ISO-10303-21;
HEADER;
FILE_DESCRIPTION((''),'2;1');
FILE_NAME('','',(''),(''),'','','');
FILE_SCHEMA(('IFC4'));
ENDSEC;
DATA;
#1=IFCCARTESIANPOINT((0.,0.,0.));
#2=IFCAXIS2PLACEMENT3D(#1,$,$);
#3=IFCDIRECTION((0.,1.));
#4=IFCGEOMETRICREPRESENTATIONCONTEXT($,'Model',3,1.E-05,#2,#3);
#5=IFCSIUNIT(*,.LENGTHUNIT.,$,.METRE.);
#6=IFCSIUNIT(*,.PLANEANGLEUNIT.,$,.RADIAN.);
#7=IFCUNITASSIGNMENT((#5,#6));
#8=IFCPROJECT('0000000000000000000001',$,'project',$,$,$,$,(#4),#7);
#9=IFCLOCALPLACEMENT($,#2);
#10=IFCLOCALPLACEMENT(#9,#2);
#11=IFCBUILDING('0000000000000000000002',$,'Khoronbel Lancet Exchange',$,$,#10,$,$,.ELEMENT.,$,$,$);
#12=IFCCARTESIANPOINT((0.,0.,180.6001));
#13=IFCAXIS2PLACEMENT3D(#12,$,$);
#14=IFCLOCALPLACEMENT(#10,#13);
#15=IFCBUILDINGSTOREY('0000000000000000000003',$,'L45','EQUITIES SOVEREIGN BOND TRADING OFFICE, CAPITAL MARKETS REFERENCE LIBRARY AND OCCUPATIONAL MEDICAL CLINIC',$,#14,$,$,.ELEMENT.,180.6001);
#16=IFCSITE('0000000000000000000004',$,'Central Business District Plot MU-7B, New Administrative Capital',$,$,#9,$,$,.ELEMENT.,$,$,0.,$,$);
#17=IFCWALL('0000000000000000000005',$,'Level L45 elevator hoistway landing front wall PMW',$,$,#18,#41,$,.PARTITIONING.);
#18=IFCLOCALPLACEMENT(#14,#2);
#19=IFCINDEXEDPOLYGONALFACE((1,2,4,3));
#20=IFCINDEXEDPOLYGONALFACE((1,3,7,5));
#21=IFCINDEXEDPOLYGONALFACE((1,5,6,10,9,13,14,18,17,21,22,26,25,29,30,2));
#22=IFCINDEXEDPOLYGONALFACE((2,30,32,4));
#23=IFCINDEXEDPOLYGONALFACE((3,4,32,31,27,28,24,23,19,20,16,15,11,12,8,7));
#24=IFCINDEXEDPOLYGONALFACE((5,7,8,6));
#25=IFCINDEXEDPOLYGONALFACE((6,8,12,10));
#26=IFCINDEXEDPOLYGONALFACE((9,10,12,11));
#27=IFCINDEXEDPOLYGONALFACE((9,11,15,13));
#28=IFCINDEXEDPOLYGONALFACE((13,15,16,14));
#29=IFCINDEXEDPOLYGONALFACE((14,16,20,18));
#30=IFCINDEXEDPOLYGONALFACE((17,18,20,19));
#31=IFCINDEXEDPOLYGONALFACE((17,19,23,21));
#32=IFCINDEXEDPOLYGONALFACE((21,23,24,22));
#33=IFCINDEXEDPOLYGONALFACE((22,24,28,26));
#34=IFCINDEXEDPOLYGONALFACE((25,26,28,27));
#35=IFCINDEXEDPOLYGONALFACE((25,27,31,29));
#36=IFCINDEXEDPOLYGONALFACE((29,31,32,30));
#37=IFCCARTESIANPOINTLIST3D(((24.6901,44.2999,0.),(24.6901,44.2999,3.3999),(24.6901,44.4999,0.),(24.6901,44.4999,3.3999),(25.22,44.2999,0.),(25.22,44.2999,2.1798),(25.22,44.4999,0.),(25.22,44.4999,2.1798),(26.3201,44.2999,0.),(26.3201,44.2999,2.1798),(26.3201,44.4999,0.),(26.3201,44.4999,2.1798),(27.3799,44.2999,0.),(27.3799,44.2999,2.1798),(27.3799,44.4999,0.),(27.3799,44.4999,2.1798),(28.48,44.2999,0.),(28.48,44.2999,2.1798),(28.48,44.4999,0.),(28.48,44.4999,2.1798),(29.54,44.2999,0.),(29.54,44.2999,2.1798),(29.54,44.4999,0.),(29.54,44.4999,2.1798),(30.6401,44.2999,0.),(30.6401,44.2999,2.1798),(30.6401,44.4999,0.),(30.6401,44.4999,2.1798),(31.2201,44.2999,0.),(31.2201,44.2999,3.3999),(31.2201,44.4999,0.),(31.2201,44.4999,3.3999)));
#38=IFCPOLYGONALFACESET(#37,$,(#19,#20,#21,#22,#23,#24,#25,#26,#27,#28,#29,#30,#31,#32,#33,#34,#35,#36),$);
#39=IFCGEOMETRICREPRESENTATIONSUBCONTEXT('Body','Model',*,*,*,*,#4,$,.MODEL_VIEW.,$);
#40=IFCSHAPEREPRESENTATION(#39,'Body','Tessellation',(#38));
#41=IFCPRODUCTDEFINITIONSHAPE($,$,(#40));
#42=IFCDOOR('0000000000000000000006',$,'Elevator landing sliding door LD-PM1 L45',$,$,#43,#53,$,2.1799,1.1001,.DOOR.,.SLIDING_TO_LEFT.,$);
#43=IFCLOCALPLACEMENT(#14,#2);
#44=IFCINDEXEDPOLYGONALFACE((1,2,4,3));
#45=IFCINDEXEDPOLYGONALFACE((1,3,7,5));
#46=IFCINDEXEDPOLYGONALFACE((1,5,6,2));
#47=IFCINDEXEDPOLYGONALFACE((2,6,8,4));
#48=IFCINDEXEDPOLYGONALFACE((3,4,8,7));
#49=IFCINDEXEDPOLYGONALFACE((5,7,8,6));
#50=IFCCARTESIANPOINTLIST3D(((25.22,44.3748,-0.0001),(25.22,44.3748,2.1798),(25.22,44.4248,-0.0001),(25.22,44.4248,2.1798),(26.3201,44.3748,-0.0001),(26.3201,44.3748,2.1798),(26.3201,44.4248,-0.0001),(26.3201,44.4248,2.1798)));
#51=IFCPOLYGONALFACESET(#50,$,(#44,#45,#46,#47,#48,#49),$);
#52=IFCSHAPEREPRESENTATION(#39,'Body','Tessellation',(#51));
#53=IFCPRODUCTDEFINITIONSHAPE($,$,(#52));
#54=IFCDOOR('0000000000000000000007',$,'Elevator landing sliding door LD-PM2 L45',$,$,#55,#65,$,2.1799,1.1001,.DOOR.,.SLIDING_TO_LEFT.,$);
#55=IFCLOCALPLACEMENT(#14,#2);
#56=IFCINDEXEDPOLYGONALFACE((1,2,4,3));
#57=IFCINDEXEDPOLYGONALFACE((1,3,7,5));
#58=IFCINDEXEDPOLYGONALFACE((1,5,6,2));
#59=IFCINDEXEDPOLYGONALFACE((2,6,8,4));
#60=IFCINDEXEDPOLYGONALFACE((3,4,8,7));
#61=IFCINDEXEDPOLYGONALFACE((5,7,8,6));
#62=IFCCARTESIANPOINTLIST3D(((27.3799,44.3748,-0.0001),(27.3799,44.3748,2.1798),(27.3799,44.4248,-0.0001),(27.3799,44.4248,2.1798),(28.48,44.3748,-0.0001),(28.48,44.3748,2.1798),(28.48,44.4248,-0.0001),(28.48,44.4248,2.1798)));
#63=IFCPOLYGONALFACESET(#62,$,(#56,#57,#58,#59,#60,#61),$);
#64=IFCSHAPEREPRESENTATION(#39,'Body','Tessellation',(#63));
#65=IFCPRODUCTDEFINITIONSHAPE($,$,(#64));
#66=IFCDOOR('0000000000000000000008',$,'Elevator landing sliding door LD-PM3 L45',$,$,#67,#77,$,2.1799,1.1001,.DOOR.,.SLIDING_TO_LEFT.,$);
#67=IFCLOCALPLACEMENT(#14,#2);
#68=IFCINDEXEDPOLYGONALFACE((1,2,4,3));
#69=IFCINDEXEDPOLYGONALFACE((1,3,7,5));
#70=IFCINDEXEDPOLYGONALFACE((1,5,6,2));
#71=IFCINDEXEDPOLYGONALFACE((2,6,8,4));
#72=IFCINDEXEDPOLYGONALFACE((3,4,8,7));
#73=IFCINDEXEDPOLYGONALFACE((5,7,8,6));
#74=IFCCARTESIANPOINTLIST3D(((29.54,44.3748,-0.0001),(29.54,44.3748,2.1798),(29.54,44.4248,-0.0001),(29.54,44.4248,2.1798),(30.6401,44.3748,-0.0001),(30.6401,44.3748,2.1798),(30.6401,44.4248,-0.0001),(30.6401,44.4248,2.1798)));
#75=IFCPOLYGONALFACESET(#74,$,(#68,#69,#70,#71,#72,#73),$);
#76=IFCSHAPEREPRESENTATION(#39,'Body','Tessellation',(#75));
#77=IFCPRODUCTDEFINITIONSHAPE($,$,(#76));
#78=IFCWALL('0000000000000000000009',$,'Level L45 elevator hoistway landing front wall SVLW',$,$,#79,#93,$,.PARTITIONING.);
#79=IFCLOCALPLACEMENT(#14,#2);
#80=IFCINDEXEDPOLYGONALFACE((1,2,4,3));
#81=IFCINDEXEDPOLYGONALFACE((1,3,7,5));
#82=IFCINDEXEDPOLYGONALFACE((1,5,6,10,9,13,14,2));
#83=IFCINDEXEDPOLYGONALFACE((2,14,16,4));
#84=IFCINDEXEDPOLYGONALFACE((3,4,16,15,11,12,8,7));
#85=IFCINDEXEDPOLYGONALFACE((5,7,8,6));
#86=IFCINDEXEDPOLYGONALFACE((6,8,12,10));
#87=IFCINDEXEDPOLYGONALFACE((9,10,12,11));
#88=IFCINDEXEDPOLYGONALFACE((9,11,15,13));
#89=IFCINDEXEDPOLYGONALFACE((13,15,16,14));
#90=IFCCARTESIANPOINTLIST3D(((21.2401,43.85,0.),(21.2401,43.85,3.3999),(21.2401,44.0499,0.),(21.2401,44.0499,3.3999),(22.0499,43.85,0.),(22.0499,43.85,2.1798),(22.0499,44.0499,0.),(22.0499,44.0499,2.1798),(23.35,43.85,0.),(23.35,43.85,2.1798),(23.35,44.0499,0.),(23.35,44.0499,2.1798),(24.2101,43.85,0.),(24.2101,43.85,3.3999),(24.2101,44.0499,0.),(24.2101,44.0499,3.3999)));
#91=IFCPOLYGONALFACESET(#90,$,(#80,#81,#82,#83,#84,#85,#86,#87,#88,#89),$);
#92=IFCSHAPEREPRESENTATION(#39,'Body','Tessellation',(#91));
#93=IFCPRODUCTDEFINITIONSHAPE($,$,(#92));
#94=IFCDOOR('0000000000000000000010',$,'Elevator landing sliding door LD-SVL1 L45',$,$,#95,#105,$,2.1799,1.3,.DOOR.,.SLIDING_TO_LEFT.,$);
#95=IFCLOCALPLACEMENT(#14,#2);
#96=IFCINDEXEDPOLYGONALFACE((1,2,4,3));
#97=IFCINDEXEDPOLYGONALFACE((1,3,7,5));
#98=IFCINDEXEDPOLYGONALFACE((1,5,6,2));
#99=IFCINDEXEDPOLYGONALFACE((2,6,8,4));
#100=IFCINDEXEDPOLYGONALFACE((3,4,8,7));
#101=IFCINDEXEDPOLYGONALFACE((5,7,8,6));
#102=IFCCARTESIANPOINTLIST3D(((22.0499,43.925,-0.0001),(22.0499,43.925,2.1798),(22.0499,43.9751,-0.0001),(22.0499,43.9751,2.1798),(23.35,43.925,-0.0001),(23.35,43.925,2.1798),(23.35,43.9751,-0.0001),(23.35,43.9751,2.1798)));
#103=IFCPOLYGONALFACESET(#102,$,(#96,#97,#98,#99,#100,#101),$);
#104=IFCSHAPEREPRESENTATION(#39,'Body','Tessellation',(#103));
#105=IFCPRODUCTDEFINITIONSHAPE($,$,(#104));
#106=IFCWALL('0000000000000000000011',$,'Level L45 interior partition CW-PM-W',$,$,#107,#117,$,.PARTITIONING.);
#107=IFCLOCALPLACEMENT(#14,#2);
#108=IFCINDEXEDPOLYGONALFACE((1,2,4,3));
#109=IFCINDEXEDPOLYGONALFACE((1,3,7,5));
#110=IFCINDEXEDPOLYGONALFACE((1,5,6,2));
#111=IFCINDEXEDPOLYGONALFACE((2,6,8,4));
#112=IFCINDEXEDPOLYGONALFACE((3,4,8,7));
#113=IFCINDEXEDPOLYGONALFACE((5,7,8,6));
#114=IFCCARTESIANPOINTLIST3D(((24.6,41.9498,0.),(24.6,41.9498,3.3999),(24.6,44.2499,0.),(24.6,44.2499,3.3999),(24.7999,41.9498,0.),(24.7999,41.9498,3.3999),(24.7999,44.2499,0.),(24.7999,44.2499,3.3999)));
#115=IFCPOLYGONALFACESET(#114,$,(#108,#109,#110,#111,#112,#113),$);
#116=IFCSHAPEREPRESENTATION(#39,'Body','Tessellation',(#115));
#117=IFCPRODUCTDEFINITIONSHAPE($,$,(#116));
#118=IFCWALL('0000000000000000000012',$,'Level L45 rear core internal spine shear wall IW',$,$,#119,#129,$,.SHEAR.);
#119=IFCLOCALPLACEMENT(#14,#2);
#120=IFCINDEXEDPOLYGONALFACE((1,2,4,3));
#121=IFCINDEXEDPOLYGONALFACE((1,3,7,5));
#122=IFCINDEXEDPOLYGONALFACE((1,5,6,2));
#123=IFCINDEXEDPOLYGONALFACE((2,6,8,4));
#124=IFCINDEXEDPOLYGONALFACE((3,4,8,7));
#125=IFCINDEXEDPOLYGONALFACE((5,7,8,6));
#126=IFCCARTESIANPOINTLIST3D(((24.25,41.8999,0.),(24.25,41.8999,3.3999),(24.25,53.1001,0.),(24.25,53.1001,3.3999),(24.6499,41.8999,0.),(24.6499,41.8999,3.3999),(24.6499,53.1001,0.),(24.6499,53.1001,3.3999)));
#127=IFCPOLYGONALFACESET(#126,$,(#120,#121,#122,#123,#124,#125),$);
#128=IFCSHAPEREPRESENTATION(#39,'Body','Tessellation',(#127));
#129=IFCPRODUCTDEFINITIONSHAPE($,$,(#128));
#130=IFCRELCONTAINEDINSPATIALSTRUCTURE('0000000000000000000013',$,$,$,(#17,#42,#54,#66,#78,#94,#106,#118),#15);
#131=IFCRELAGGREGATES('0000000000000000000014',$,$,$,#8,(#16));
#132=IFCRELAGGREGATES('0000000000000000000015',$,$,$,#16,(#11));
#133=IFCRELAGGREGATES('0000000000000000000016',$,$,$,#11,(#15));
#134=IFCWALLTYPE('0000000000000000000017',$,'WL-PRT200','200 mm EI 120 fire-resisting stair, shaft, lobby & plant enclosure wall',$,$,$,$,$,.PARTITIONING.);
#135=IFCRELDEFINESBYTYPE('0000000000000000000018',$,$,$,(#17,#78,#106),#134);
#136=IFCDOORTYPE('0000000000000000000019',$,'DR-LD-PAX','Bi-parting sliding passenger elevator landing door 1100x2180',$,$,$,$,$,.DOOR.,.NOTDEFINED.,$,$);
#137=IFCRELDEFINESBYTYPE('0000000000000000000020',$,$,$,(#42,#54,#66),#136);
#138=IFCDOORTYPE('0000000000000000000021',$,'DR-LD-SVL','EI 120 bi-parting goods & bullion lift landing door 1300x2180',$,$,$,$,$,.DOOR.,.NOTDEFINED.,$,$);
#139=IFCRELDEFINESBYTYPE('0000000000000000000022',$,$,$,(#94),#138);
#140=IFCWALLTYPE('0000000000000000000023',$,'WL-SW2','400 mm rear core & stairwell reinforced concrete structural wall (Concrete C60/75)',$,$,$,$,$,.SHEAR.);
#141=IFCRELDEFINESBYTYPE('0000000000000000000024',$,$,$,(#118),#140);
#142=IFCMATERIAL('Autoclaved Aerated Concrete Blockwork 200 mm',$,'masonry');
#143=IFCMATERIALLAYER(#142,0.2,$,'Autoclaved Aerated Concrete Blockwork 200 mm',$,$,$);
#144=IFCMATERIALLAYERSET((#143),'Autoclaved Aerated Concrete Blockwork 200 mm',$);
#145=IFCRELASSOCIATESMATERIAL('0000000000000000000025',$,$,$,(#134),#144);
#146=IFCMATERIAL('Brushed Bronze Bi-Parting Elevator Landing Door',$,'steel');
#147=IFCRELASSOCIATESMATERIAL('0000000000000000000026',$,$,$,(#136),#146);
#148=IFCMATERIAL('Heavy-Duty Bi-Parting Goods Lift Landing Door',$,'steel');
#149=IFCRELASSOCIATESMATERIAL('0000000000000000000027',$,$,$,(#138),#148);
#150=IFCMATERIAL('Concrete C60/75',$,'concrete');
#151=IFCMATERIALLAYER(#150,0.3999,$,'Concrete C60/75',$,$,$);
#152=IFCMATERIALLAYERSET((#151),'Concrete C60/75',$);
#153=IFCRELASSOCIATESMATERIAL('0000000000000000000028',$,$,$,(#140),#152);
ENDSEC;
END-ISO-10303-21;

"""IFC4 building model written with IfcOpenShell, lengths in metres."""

from ifc_helpers import new_model, si_unit, direction, frame, frame_2d, origin, place, context, subcontext, project, spatial, rectangle, extrude, material, layer, layer_set, type_object, element, fill, save


model = new_model("IFC4")

# Units and contexts
model_context = context("Model", 3, precision=1e-05, world=origin(), true_north=direction((0.0, 1.0)))
body_context = subcontext(model_context, "Body", "Model", "MODEL_VIEW")
ifc_project = project(units=[si_unit("LENGTHUNIT", "METRE"), si_unit("PLANEANGLEUNIT", "RADIAN")], contexts=[model_context])

# Site, building, storey
site_placement = place(None, origin())
site = spatial("IfcSite", under=ifc_project, at=site_placement, Name="Central Business District Plot MU-7B, New Administrative Capital", CompositionType="ELEMENT", RefElevation=0.0)
building_placement = place(site_placement, origin())
building = spatial("IfcBuilding", under=site, at=building_placement, Name="Khoronbel Lancet Exchange", CompositionType="ELEMENT")
storey_placement = place(building_placement, frame((0.0, 0.0, 180.6001)))
storey = spatial("IfcBuildingStorey", under=building, at=storey_placement, Name="L45", Description="EQUITIES SOVEREIGN BOND TRADING OFFICE, CAPITAL MARKETS REFERENCE LIBRARY AND OCCUPATIONAL MEDICAL CLINIC", CompositionType="ELEMENT", Elevation=180.6001)

# Shared definitions
ifc_material_1 = material(Name="Concrete C60/75", Category="concrete")

# Wall, openings, doors
ifc_material_2 = material(Name="Autoclaved Aerated Concrete Blockwork 200 mm", Category="masonry")
ifc_layer_1 = layer(ifc_material_2, 0.2, Name="Autoclaved Aerated Concrete Blockwork 200 mm")
ifc_layer_set_1 = layer_set([ifc_layer_1], Name="Autoclaved Aerated Concrete Blockwork 200 mm")
wall_type_1 = type_object("IfcWallType", Name="WL-PRT200", Description="200 mm EI 120 fire-resisting stair, shaft, lobby & plant enclosure wall", PredefinedType="PARTITIONING", material=ifc_layer_set_1)
wall_1_placement = place(storey_placement, frame((24.6899, 44.3999, 0.0), z_axis=(0.0, 0.0, 1.0), x_axis=(1.0, 0.0, 0.0)))
wall_1 = element("IfcWall", 1, at=wall_1_placement, inside=storey, type_object=wall_type_1, Name="Level L45 elevator hoistway landing front wall PMW", PredefinedType="PARTITIONING", context=body_context, shape_type="SweptSolid", body=[
    extrude(rectangle(XDim=6.53, YDim=0.2, at=frame_2d((3.2651, 0.0))), origin(), (0.0, 0.0, 1.0), 3.3999),
])
opening_1_placement = place(wall_1_placement, frame((0.53, 0.0, 0.0)))
opening_1 = element("IfcOpeningElement", 2, at=opening_1_placement, cuts=wall_1, PredefinedType="OPENING", context=body_context, shape_type="SweptSolid", body=[
    extrude(rectangle(XDim=1.1001, YDim=2.1799, at=frame_2d((0.55, 1.0898))), frame((0.0, 0.1099, 0.0), z_axis=(0.0, -1.0, 0.0), x_axis=(1.0, 0.0, 0.0)), (0.0, 0.0, 1.0), 0.22),
])
opening_2_placement = place(wall_1_placement, frame((2.6899, 0.0, 0.0)))
opening_2 = element("IfcOpeningElement", 3, at=opening_2_placement, cuts=wall_1, PredefinedType="OPENING", context=body_context, shape_type="SweptSolid", body=[
    extrude(rectangle(XDim=1.1001, YDim=2.1799, at=frame_2d((0.55, 1.0898))), frame((0.0, 0.1099, 0.0), z_axis=(0.0, -1.0, 0.0), x_axis=(1.0, 0.0, 0.0)), (0.0, 0.0, 1.0), 0.22),
])
opening_3_placement = place(wall_1_placement, frame((4.8501, 0.0, 0.0)))
opening_3 = element("IfcOpeningElement", 4, at=opening_3_placement, cuts=wall_1, PredefinedType="OPENING", context=body_context, shape_type="SweptSolid", body=[
    extrude(rectangle(XDim=1.1001, YDim=2.1799, at=frame_2d((0.55, 1.0898))), frame((0.0, 0.1099, 0.0), z_axis=(0.0, -1.0, 0.0), x_axis=(1.0, 0.0, 0.0)), (0.0, 0.0, 1.0), 0.22),
])
ifc_material_3 = material(Name="Brushed Bronze Bi-Parting Elevator Landing Door", Category="steel")
door_type_1 = type_object("IfcDoorType", Name="DR-LD-PAX", Description="Bi-parting sliding passenger elevator landing door 1100x2180", OperationType="NOTDEFINED", PredefinedType="DOOR", material=ifc_material_3)
door_1_placement = place(opening_1_placement, origin())
door_1 = element("IfcDoor", 5, at=door_1_placement, inside=storey, type_object=door_type_1, Name="Elevator landing sliding door LD-PM1 L45", OperationType="SLIDING_TO_LEFT", OverallHeight=2.1799, OverallWidth=1.1001, PredefinedType="DOOR", context=body_context, shape_type="SweptSolid", body=[
    extrude(rectangle(XDim=1.1001, YDim=2.1799, at=frame_2d((0.55, 1.0898))), frame((0.0, 0.0249, 0.0), z_axis=(0.0, -1.0, 0.0), x_axis=(1.0, 0.0, 0.0)), (0.0, 0.0, 1.0), 0.05),
])
fill(opening_1, door_1)
door_2_placement = place(opening_2_placement, origin())
door_2 = element("IfcDoor", 6, at=door_2_placement, inside=storey, type_object=door_type_1, Name="Elevator landing sliding door LD-PM2 L45", OperationType="SLIDING_TO_LEFT", OverallHeight=2.1799, OverallWidth=1.1001, PredefinedType="DOOR", context=body_context, shape_type="SweptSolid", body=[
    extrude(rectangle(XDim=1.1001, YDim=2.1799, at=frame_2d((0.55, 1.0898))), frame((0.0, 0.0249, 0.0), z_axis=(0.0, -1.0, 0.0), x_axis=(1.0, 0.0, 0.0)), (0.0, 0.0, 1.0), 0.05),
])
fill(opening_2, door_2)
door_3_placement = place(opening_3_placement, origin())
door_3 = element("IfcDoor", 7, at=door_3_placement, inside=storey, type_object=door_type_1, Name="Elevator landing sliding door LD-PM3 L45", OperationType="SLIDING_TO_LEFT", OverallHeight=2.1799, OverallWidth=1.1001, PredefinedType="DOOR", context=body_context, shape_type="SweptSolid", body=[
    extrude(rectangle(XDim=1.1001, YDim=2.1799, at=frame_2d((0.55, 1.0898))), frame((0.0, 0.0249, 0.0), z_axis=(0.0, -1.0, 0.0), x_axis=(1.0, 0.0, 0.0)), (0.0, 0.0, 1.0), 0.05),
])
fill(opening_3, door_3)

# Wall, opening, door
wall_2_placement = place(storey_placement, frame((24.21, 43.95, 0.0), z_axis=(0.0, 0.0, 1.0), x_axis=(-1.0, 0.0, 0.0)))
wall_2 = element("IfcWall", 8, at=wall_2_placement, inside=storey, type_object=wall_type_1, Name="Level L45 elevator hoistway landing front wall SVLW", PredefinedType="PARTITIONING", context=body_context, shape_type="SweptSolid", body=[
    extrude(rectangle(XDim=2.97, YDim=0.2, at=frame_2d((1.4849, 0.0))), origin(), (0.0, 0.0, 1.0), 3.3999),
])
opening_4_placement = place(wall_2_placement, frame((0.8601, 0.0, 0.0)))
opening_4 = element("IfcOpeningElement", 9, at=opening_4_placement, cuts=wall_2, PredefinedType="OPENING", context=body_context, shape_type="SweptSolid", body=[
    extrude(rectangle(XDim=1.3, YDim=2.1799, at=frame_2d((0.6499, 1.0898))), frame((0.0, 0.1099, 0.0), z_axis=(0.0, -1.0, 0.0), x_axis=(1.0, 0.0, 0.0)), (0.0, 0.0, 1.0), 0.22),
])
ifc_material_4 = material(Name="Heavy-Duty Bi-Parting Goods Lift Landing Door", Category="steel")
door_type_2 = type_object("IfcDoorType", Name="DR-LD-SVL", Description="EI 120 bi-parting goods & bullion lift landing door 1300x2180", OperationType="NOTDEFINED", PredefinedType="DOOR", material=ifc_material_4)
door_4_placement = place(opening_4_placement, origin())
door_4 = element("IfcDoor", 10, at=door_4_placement, inside=storey, type_object=door_type_2, Name="Elevator landing sliding door LD-SVL1 L45", OperationType="SLIDING_TO_LEFT", OverallHeight=2.1799, OverallWidth=1.3, PredefinedType="DOOR", context=body_context, shape_type="SweptSolid", body=[
    extrude(rectangle(XDim=1.3, YDim=2.1799, at=frame_2d((0.6499, 1.0898))), frame((0.0, 0.0249, 0.0), z_axis=(0.0, -1.0, 0.0), x_axis=(1.0, 0.0, 0.0)), (0.0, 0.0, 1.0), 0.05),
])
fill(opening_4, door_4)

# Walls
wall_3_placement = place(storey_placement, frame((24.7, 41.95, 0.0), z_axis=(0.0, 0.0, 1.0), x_axis=(0.0, 1.0, 0.0)))
element("IfcWall", 11, at=wall_3_placement, inside=storey, type_object=wall_type_1, Name="Level L45 interior partition CW-PM-W", PredefinedType="PARTITIONING", context=body_context, shape_type="SweptSolid", body=[
    extrude(rectangle(XDim=2.3, YDim=0.2, at=frame_2d((1.1499, 0.0))), origin(), (0.0, 0.0, 1.0), 3.3999),
])
ifc_layer_2 = layer(ifc_material_1, 0.3999, Name="Concrete C60/75")
ifc_layer_set_2 = layer_set([ifc_layer_2], Name="Concrete C60/75")
wall_type_2 = type_object("IfcWallType", Name="WL-SW2", Description="400 mm rear core & stairwell reinforced concrete structural wall (Concrete C60/75)", PredefinedType="SHEAR", material=ifc_layer_set_2)
wall_4_placement = place(storey_placement, frame((24.45, 41.8999, 0.0), z_axis=(0.0, 0.0, 1.0), x_axis=(0.0, 1.0, 0.0)))
element("IfcWall", 12, at=wall_4_placement, inside=storey, type_object=wall_type_2, Name="Level L45 rear core internal spine shear wall IW", PredefinedType="SHEAR", context=body_context, shape_type="SweptSolid", body=[
    extrude(rectangle(XDim=11.2002, YDim=0.3999, at=frame_2d((5.6001, 0.0))), origin(), (0.0, 0.0, 1.0), 3.3999),
])

save(model, "model.ifc")
